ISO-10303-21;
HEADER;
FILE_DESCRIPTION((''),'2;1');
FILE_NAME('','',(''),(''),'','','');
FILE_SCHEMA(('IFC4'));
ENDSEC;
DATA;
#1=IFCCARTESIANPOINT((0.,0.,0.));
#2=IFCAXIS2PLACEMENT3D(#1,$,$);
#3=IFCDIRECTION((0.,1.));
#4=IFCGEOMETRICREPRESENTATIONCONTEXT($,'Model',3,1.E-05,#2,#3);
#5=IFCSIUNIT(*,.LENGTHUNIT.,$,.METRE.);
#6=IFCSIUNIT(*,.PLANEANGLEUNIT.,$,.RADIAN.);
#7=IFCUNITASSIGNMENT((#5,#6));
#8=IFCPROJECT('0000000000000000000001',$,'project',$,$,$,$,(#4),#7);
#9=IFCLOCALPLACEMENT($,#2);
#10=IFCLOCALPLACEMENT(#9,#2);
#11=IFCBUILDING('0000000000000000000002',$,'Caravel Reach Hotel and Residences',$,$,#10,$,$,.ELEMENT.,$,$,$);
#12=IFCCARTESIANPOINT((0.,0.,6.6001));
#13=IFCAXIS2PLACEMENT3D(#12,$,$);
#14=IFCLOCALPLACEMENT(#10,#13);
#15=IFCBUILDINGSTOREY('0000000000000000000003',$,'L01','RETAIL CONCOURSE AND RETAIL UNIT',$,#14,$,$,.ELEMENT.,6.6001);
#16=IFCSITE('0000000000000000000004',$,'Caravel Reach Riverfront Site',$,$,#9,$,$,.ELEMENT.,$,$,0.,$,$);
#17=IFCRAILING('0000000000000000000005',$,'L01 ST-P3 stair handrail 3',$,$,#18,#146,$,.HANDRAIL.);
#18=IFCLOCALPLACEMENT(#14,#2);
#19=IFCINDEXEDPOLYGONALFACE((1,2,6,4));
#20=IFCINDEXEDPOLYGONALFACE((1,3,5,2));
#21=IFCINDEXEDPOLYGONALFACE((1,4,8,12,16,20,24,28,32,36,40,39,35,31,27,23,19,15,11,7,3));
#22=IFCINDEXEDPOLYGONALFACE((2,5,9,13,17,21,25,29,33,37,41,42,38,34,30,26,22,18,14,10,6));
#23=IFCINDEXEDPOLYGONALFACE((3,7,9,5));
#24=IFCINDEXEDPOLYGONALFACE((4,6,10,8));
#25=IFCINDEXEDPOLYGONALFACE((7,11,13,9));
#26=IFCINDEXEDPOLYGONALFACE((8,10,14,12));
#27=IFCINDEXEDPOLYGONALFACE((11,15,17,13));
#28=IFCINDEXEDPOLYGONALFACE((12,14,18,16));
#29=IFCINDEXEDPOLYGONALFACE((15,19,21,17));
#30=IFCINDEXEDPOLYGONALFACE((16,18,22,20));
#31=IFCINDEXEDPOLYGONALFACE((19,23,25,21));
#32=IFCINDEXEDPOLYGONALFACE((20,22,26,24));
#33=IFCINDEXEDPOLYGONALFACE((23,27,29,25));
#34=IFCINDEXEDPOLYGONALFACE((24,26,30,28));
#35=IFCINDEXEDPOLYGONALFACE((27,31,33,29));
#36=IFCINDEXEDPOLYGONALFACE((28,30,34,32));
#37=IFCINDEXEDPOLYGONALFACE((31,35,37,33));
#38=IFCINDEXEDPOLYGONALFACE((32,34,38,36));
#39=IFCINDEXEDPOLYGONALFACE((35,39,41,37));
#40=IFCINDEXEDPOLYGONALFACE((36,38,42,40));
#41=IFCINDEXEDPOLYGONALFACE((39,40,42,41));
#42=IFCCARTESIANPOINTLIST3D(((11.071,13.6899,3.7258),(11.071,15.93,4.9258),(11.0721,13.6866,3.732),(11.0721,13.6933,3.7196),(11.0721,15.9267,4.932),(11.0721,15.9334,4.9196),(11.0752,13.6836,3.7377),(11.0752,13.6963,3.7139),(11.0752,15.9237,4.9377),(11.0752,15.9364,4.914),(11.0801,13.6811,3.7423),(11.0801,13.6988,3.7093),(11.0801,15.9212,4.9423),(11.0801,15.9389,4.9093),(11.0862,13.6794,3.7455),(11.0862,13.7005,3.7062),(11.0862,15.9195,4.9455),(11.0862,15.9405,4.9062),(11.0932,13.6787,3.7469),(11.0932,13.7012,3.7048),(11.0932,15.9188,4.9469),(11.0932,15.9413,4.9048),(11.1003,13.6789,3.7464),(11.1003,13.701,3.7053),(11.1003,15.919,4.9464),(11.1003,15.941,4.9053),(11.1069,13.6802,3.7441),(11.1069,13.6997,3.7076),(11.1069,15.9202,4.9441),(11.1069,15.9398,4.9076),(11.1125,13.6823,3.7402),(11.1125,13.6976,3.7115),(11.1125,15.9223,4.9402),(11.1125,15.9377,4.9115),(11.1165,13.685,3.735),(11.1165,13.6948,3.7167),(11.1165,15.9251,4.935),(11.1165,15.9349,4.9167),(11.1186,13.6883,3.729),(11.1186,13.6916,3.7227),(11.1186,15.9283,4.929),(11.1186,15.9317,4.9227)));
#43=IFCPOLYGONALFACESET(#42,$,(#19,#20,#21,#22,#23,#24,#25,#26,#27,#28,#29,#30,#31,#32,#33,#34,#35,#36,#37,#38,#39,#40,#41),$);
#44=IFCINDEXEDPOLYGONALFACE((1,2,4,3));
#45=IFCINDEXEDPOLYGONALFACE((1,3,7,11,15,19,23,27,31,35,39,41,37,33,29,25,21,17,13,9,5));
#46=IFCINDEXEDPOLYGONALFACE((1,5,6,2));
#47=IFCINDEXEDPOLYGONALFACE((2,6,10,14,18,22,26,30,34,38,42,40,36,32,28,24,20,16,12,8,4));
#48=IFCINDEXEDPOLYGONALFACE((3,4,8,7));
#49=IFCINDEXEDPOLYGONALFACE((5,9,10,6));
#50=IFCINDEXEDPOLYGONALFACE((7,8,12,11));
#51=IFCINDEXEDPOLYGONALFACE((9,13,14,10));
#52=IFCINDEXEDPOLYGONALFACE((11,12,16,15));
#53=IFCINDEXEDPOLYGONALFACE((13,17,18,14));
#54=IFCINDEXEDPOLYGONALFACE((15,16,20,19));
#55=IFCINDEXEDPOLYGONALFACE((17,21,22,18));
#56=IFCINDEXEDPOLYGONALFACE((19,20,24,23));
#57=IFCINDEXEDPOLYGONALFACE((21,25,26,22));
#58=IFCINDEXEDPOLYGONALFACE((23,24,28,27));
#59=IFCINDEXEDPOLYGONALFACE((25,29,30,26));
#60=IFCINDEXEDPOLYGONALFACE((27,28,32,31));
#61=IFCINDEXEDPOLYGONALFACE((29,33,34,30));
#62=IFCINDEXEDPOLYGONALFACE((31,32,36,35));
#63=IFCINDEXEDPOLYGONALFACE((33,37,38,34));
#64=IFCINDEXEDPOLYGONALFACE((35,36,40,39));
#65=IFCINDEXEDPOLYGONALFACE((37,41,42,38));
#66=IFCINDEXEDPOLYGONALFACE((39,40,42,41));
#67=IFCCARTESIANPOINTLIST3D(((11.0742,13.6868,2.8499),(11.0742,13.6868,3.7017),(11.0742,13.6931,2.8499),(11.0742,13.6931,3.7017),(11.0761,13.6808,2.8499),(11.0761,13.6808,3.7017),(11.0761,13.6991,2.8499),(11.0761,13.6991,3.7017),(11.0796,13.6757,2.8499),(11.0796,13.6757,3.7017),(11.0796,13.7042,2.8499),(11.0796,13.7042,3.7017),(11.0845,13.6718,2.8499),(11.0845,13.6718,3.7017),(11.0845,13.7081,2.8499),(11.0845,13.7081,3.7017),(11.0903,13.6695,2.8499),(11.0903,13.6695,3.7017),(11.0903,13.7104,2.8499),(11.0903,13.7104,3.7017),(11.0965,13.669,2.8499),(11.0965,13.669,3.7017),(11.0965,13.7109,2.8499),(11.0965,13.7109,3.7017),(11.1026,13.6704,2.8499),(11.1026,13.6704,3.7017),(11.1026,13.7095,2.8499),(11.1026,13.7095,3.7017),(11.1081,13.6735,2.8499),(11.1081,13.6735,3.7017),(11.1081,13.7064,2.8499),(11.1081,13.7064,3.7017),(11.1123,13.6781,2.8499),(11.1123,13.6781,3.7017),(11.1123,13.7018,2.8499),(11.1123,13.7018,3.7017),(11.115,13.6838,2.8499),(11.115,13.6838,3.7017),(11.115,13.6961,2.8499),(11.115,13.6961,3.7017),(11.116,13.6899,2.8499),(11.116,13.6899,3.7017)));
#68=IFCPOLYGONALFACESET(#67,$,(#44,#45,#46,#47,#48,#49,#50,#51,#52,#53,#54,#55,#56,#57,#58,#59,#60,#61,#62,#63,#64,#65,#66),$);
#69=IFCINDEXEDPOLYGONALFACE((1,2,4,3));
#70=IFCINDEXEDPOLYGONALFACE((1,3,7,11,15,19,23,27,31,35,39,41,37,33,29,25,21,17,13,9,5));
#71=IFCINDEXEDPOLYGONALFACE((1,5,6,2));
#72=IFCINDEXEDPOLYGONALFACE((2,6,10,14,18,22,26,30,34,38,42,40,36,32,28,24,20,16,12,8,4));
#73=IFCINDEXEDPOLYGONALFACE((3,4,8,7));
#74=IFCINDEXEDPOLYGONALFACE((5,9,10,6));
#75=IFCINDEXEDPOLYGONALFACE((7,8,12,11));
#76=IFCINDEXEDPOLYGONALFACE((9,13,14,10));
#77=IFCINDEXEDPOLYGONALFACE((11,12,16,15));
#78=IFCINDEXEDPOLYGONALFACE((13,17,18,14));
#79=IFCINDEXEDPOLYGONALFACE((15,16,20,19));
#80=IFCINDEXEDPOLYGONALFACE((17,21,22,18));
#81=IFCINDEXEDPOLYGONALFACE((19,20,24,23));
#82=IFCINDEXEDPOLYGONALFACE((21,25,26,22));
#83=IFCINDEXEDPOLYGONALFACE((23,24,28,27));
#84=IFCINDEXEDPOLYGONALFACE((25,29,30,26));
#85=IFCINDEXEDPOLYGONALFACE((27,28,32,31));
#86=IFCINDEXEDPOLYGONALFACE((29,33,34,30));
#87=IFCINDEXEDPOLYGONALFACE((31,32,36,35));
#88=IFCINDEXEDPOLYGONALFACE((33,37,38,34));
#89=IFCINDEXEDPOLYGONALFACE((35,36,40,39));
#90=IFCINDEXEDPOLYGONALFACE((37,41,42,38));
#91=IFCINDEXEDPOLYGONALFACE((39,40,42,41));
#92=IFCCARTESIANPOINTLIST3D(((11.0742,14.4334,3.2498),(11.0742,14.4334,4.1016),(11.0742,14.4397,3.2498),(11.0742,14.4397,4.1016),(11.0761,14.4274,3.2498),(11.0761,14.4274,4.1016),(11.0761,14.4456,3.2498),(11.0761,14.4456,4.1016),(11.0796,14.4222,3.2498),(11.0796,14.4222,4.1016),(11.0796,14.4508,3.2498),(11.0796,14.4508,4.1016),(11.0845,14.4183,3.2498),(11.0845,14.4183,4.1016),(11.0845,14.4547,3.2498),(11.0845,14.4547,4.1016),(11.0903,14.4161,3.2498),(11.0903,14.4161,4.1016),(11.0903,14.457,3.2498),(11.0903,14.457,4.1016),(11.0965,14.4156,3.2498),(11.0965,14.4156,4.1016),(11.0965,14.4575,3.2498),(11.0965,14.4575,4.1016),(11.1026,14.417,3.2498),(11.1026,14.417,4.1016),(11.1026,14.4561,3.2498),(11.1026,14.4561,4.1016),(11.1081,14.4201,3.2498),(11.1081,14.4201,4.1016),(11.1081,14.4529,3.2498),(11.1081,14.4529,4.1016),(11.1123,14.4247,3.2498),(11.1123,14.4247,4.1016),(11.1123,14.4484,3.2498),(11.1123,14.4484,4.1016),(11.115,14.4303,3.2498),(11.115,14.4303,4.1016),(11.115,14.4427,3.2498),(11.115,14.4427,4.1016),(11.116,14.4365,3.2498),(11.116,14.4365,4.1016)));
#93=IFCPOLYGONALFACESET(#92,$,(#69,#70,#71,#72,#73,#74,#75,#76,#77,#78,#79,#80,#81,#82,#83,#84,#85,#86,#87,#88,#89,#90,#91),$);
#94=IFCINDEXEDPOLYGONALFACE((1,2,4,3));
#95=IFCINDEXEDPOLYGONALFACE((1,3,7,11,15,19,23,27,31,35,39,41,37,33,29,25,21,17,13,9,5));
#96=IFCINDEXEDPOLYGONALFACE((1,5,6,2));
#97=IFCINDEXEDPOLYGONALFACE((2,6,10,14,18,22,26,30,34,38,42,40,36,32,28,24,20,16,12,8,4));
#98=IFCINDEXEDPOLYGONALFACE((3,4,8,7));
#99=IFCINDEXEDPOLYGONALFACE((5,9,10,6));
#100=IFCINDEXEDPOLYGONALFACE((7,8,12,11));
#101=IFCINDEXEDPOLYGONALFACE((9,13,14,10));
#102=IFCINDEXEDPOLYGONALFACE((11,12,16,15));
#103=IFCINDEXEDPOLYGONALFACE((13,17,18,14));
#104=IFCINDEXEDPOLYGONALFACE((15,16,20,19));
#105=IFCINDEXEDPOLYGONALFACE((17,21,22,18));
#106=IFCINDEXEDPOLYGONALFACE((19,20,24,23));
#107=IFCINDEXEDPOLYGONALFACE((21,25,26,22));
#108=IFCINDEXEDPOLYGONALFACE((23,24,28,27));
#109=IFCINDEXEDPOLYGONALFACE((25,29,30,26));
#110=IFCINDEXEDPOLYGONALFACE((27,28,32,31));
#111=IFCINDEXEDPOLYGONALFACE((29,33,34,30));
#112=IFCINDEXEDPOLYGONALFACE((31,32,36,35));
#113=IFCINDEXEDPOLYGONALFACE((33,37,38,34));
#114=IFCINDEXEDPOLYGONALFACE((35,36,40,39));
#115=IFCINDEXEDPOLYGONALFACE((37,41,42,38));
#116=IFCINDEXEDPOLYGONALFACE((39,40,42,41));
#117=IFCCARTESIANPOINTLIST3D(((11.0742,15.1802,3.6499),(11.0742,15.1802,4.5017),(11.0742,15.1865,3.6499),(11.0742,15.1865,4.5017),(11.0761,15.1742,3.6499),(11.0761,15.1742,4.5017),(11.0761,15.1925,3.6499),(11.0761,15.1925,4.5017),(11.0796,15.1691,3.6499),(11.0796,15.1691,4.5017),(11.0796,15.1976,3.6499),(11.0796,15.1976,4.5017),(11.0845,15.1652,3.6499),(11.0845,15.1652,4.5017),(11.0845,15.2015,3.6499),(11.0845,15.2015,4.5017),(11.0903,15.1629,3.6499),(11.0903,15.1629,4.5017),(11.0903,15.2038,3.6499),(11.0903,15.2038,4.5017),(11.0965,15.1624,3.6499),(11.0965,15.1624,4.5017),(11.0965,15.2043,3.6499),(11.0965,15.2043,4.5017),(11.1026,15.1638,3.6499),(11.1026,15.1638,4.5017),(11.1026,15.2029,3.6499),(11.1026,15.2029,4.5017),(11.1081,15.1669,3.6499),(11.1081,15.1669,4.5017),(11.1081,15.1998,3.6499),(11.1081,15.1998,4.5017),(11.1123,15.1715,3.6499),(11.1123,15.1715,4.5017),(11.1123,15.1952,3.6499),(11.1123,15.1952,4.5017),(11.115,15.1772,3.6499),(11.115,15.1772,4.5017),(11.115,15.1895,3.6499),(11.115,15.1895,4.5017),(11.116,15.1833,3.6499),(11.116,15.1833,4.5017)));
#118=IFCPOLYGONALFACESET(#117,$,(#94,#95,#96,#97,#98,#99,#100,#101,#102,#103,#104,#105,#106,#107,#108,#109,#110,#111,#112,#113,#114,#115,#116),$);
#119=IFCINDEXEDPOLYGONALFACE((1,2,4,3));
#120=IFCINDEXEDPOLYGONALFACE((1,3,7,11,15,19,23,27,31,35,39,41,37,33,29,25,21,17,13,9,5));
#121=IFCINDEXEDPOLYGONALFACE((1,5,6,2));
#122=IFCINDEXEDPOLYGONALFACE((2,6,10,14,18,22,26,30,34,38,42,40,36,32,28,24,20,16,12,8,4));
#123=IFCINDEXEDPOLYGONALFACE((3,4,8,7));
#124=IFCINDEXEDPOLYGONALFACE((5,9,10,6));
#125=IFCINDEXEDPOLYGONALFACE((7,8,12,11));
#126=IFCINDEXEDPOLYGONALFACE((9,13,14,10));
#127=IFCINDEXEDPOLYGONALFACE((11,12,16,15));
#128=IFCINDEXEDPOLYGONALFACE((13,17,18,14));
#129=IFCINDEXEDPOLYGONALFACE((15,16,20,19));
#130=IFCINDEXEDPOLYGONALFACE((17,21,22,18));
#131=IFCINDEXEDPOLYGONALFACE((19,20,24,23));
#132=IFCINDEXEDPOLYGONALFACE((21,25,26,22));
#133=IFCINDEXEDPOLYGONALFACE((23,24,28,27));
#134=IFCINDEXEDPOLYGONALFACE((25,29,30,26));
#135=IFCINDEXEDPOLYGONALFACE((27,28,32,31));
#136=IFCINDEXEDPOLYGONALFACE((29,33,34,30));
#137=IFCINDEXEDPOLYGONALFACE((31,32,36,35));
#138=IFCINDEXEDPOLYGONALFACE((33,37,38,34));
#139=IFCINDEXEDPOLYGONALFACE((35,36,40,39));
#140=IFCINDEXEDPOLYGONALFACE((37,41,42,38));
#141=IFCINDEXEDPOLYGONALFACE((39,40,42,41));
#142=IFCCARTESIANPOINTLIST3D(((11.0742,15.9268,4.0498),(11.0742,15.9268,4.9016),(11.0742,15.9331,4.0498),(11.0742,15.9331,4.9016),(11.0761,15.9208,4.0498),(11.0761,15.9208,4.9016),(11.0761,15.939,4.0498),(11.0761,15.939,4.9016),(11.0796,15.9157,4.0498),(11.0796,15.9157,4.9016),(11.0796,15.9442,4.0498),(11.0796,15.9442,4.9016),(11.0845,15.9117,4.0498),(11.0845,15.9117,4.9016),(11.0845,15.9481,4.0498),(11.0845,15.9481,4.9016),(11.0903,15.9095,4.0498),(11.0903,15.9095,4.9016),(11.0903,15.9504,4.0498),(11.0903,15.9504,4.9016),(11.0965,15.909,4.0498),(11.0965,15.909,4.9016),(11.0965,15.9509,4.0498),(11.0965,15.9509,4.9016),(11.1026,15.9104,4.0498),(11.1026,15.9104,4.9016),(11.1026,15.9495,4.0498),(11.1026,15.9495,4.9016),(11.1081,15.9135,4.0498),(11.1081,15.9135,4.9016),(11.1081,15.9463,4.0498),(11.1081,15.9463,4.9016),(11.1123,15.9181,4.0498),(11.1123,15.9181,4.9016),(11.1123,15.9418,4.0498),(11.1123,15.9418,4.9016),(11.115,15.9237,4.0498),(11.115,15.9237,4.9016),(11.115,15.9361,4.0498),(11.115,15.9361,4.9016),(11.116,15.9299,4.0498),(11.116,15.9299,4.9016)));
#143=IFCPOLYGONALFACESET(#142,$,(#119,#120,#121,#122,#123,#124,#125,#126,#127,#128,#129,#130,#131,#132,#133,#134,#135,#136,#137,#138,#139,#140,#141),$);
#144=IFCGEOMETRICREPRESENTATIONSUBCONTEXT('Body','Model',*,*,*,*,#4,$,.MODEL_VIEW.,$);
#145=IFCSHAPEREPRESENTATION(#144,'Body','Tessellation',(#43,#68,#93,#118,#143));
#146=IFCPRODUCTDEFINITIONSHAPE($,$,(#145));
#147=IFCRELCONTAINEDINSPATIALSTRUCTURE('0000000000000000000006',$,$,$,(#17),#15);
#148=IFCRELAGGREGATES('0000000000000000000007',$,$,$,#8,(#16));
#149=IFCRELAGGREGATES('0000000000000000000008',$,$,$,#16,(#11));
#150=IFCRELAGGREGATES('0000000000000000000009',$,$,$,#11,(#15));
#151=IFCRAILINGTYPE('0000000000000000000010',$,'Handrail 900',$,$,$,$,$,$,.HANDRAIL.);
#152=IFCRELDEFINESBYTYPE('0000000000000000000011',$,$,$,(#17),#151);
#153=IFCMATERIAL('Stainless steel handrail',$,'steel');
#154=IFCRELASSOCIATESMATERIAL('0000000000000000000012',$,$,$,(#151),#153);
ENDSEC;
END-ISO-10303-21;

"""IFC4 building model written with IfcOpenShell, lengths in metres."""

from ifc_helpers import new_model, si_unit, direction, frame, origin, origin_2d, place, context, subcontext, project, spatial, circle, extrude, material, type_object, element, save


model = new_model("IFC4")

# Units and contexts
model_context = context("Model", 3, precision=1e-05, world=origin(), true_north=direction((0.0, 1.0)))
body_context = subcontext(model_context, "Body", "Model", "MODEL_VIEW")
ifc_project = project(units=[si_unit("LENGTHUNIT", "METRE"), si_unit("PLANEANGLEUNIT", "RADIAN")], contexts=[model_context])

# Site, building, storey
site_placement = place(None, origin())
site = spatial("IfcSite", under=ifc_project, at=site_placement, Name="Caravel Reach Riverfront Site", CompositionType="ELEMENT", RefElevation=0.0)
building_placement = place(site_placement, origin())
building = spatial("IfcBuilding", under=site, at=building_placement, Name="Caravel Reach Hotel and Residences", CompositionType="ELEMENT")
storey_placement = place(building_placement, frame((0.0, 0.0, 6.6001)))
storey = spatial("IfcBuildingStorey", under=building, at=storey_placement, Name="L01", Description="RETAIL CONCOURSE AND RETAIL UNIT", CompositionType="ELEMENT", Elevation=6.6001)

# Railing
ifc_material_1 = material(Name="Stainless steel handrail", Category="steel")
railing_type_1 = type_object("IfcRailingType", Name="Handrail 900", PredefinedType="HANDRAIL", material=ifc_material_1)
for number, where, name in (
    (1, (11.095, 13.6899, 2.8499), "L01 ST-P3 stair handrail 3"),
):
    element("IfcRailing", number, at=place(storey_placement, frame(where)), inside=storey, type_object=railing_type_1, Name=name, PredefinedType="HANDRAIL", context=body_context, shape_type="SweptSolid", body=[
        extrude(circle(Radius=0.0239, at=origin_2d()), frame((0.0, 0.0, 0.876), z_axis=(0.0, 0.881487, 0.472208), x_axis=(-1.0, 0.0, 0.0)), (0.0, 0.0, 1.0), 2.5413),
        extrude(circle(Radius=0.021, at=origin_2d()), origin(), (0.0, 0.0, 1.0), 0.8518),
        extrude(circle(Radius=0.021, at=origin_2d()), frame((0.0, 0.7466, 0.3999)), (0.0, 0.0, 1.0), 0.8518),
        extrude(circle(Radius=0.021, at=origin_2d()), frame((0.0, 1.4934, 0.8)), (0.0, 0.0, 1.0), 0.8518),
        extrude(circle(Radius=0.021, at=origin_2d()), frame((0.0, 2.24, 1.2)), (0.0, 0.0, 1.0), 0.8518),
    ])

save(model, "model.ifc")
